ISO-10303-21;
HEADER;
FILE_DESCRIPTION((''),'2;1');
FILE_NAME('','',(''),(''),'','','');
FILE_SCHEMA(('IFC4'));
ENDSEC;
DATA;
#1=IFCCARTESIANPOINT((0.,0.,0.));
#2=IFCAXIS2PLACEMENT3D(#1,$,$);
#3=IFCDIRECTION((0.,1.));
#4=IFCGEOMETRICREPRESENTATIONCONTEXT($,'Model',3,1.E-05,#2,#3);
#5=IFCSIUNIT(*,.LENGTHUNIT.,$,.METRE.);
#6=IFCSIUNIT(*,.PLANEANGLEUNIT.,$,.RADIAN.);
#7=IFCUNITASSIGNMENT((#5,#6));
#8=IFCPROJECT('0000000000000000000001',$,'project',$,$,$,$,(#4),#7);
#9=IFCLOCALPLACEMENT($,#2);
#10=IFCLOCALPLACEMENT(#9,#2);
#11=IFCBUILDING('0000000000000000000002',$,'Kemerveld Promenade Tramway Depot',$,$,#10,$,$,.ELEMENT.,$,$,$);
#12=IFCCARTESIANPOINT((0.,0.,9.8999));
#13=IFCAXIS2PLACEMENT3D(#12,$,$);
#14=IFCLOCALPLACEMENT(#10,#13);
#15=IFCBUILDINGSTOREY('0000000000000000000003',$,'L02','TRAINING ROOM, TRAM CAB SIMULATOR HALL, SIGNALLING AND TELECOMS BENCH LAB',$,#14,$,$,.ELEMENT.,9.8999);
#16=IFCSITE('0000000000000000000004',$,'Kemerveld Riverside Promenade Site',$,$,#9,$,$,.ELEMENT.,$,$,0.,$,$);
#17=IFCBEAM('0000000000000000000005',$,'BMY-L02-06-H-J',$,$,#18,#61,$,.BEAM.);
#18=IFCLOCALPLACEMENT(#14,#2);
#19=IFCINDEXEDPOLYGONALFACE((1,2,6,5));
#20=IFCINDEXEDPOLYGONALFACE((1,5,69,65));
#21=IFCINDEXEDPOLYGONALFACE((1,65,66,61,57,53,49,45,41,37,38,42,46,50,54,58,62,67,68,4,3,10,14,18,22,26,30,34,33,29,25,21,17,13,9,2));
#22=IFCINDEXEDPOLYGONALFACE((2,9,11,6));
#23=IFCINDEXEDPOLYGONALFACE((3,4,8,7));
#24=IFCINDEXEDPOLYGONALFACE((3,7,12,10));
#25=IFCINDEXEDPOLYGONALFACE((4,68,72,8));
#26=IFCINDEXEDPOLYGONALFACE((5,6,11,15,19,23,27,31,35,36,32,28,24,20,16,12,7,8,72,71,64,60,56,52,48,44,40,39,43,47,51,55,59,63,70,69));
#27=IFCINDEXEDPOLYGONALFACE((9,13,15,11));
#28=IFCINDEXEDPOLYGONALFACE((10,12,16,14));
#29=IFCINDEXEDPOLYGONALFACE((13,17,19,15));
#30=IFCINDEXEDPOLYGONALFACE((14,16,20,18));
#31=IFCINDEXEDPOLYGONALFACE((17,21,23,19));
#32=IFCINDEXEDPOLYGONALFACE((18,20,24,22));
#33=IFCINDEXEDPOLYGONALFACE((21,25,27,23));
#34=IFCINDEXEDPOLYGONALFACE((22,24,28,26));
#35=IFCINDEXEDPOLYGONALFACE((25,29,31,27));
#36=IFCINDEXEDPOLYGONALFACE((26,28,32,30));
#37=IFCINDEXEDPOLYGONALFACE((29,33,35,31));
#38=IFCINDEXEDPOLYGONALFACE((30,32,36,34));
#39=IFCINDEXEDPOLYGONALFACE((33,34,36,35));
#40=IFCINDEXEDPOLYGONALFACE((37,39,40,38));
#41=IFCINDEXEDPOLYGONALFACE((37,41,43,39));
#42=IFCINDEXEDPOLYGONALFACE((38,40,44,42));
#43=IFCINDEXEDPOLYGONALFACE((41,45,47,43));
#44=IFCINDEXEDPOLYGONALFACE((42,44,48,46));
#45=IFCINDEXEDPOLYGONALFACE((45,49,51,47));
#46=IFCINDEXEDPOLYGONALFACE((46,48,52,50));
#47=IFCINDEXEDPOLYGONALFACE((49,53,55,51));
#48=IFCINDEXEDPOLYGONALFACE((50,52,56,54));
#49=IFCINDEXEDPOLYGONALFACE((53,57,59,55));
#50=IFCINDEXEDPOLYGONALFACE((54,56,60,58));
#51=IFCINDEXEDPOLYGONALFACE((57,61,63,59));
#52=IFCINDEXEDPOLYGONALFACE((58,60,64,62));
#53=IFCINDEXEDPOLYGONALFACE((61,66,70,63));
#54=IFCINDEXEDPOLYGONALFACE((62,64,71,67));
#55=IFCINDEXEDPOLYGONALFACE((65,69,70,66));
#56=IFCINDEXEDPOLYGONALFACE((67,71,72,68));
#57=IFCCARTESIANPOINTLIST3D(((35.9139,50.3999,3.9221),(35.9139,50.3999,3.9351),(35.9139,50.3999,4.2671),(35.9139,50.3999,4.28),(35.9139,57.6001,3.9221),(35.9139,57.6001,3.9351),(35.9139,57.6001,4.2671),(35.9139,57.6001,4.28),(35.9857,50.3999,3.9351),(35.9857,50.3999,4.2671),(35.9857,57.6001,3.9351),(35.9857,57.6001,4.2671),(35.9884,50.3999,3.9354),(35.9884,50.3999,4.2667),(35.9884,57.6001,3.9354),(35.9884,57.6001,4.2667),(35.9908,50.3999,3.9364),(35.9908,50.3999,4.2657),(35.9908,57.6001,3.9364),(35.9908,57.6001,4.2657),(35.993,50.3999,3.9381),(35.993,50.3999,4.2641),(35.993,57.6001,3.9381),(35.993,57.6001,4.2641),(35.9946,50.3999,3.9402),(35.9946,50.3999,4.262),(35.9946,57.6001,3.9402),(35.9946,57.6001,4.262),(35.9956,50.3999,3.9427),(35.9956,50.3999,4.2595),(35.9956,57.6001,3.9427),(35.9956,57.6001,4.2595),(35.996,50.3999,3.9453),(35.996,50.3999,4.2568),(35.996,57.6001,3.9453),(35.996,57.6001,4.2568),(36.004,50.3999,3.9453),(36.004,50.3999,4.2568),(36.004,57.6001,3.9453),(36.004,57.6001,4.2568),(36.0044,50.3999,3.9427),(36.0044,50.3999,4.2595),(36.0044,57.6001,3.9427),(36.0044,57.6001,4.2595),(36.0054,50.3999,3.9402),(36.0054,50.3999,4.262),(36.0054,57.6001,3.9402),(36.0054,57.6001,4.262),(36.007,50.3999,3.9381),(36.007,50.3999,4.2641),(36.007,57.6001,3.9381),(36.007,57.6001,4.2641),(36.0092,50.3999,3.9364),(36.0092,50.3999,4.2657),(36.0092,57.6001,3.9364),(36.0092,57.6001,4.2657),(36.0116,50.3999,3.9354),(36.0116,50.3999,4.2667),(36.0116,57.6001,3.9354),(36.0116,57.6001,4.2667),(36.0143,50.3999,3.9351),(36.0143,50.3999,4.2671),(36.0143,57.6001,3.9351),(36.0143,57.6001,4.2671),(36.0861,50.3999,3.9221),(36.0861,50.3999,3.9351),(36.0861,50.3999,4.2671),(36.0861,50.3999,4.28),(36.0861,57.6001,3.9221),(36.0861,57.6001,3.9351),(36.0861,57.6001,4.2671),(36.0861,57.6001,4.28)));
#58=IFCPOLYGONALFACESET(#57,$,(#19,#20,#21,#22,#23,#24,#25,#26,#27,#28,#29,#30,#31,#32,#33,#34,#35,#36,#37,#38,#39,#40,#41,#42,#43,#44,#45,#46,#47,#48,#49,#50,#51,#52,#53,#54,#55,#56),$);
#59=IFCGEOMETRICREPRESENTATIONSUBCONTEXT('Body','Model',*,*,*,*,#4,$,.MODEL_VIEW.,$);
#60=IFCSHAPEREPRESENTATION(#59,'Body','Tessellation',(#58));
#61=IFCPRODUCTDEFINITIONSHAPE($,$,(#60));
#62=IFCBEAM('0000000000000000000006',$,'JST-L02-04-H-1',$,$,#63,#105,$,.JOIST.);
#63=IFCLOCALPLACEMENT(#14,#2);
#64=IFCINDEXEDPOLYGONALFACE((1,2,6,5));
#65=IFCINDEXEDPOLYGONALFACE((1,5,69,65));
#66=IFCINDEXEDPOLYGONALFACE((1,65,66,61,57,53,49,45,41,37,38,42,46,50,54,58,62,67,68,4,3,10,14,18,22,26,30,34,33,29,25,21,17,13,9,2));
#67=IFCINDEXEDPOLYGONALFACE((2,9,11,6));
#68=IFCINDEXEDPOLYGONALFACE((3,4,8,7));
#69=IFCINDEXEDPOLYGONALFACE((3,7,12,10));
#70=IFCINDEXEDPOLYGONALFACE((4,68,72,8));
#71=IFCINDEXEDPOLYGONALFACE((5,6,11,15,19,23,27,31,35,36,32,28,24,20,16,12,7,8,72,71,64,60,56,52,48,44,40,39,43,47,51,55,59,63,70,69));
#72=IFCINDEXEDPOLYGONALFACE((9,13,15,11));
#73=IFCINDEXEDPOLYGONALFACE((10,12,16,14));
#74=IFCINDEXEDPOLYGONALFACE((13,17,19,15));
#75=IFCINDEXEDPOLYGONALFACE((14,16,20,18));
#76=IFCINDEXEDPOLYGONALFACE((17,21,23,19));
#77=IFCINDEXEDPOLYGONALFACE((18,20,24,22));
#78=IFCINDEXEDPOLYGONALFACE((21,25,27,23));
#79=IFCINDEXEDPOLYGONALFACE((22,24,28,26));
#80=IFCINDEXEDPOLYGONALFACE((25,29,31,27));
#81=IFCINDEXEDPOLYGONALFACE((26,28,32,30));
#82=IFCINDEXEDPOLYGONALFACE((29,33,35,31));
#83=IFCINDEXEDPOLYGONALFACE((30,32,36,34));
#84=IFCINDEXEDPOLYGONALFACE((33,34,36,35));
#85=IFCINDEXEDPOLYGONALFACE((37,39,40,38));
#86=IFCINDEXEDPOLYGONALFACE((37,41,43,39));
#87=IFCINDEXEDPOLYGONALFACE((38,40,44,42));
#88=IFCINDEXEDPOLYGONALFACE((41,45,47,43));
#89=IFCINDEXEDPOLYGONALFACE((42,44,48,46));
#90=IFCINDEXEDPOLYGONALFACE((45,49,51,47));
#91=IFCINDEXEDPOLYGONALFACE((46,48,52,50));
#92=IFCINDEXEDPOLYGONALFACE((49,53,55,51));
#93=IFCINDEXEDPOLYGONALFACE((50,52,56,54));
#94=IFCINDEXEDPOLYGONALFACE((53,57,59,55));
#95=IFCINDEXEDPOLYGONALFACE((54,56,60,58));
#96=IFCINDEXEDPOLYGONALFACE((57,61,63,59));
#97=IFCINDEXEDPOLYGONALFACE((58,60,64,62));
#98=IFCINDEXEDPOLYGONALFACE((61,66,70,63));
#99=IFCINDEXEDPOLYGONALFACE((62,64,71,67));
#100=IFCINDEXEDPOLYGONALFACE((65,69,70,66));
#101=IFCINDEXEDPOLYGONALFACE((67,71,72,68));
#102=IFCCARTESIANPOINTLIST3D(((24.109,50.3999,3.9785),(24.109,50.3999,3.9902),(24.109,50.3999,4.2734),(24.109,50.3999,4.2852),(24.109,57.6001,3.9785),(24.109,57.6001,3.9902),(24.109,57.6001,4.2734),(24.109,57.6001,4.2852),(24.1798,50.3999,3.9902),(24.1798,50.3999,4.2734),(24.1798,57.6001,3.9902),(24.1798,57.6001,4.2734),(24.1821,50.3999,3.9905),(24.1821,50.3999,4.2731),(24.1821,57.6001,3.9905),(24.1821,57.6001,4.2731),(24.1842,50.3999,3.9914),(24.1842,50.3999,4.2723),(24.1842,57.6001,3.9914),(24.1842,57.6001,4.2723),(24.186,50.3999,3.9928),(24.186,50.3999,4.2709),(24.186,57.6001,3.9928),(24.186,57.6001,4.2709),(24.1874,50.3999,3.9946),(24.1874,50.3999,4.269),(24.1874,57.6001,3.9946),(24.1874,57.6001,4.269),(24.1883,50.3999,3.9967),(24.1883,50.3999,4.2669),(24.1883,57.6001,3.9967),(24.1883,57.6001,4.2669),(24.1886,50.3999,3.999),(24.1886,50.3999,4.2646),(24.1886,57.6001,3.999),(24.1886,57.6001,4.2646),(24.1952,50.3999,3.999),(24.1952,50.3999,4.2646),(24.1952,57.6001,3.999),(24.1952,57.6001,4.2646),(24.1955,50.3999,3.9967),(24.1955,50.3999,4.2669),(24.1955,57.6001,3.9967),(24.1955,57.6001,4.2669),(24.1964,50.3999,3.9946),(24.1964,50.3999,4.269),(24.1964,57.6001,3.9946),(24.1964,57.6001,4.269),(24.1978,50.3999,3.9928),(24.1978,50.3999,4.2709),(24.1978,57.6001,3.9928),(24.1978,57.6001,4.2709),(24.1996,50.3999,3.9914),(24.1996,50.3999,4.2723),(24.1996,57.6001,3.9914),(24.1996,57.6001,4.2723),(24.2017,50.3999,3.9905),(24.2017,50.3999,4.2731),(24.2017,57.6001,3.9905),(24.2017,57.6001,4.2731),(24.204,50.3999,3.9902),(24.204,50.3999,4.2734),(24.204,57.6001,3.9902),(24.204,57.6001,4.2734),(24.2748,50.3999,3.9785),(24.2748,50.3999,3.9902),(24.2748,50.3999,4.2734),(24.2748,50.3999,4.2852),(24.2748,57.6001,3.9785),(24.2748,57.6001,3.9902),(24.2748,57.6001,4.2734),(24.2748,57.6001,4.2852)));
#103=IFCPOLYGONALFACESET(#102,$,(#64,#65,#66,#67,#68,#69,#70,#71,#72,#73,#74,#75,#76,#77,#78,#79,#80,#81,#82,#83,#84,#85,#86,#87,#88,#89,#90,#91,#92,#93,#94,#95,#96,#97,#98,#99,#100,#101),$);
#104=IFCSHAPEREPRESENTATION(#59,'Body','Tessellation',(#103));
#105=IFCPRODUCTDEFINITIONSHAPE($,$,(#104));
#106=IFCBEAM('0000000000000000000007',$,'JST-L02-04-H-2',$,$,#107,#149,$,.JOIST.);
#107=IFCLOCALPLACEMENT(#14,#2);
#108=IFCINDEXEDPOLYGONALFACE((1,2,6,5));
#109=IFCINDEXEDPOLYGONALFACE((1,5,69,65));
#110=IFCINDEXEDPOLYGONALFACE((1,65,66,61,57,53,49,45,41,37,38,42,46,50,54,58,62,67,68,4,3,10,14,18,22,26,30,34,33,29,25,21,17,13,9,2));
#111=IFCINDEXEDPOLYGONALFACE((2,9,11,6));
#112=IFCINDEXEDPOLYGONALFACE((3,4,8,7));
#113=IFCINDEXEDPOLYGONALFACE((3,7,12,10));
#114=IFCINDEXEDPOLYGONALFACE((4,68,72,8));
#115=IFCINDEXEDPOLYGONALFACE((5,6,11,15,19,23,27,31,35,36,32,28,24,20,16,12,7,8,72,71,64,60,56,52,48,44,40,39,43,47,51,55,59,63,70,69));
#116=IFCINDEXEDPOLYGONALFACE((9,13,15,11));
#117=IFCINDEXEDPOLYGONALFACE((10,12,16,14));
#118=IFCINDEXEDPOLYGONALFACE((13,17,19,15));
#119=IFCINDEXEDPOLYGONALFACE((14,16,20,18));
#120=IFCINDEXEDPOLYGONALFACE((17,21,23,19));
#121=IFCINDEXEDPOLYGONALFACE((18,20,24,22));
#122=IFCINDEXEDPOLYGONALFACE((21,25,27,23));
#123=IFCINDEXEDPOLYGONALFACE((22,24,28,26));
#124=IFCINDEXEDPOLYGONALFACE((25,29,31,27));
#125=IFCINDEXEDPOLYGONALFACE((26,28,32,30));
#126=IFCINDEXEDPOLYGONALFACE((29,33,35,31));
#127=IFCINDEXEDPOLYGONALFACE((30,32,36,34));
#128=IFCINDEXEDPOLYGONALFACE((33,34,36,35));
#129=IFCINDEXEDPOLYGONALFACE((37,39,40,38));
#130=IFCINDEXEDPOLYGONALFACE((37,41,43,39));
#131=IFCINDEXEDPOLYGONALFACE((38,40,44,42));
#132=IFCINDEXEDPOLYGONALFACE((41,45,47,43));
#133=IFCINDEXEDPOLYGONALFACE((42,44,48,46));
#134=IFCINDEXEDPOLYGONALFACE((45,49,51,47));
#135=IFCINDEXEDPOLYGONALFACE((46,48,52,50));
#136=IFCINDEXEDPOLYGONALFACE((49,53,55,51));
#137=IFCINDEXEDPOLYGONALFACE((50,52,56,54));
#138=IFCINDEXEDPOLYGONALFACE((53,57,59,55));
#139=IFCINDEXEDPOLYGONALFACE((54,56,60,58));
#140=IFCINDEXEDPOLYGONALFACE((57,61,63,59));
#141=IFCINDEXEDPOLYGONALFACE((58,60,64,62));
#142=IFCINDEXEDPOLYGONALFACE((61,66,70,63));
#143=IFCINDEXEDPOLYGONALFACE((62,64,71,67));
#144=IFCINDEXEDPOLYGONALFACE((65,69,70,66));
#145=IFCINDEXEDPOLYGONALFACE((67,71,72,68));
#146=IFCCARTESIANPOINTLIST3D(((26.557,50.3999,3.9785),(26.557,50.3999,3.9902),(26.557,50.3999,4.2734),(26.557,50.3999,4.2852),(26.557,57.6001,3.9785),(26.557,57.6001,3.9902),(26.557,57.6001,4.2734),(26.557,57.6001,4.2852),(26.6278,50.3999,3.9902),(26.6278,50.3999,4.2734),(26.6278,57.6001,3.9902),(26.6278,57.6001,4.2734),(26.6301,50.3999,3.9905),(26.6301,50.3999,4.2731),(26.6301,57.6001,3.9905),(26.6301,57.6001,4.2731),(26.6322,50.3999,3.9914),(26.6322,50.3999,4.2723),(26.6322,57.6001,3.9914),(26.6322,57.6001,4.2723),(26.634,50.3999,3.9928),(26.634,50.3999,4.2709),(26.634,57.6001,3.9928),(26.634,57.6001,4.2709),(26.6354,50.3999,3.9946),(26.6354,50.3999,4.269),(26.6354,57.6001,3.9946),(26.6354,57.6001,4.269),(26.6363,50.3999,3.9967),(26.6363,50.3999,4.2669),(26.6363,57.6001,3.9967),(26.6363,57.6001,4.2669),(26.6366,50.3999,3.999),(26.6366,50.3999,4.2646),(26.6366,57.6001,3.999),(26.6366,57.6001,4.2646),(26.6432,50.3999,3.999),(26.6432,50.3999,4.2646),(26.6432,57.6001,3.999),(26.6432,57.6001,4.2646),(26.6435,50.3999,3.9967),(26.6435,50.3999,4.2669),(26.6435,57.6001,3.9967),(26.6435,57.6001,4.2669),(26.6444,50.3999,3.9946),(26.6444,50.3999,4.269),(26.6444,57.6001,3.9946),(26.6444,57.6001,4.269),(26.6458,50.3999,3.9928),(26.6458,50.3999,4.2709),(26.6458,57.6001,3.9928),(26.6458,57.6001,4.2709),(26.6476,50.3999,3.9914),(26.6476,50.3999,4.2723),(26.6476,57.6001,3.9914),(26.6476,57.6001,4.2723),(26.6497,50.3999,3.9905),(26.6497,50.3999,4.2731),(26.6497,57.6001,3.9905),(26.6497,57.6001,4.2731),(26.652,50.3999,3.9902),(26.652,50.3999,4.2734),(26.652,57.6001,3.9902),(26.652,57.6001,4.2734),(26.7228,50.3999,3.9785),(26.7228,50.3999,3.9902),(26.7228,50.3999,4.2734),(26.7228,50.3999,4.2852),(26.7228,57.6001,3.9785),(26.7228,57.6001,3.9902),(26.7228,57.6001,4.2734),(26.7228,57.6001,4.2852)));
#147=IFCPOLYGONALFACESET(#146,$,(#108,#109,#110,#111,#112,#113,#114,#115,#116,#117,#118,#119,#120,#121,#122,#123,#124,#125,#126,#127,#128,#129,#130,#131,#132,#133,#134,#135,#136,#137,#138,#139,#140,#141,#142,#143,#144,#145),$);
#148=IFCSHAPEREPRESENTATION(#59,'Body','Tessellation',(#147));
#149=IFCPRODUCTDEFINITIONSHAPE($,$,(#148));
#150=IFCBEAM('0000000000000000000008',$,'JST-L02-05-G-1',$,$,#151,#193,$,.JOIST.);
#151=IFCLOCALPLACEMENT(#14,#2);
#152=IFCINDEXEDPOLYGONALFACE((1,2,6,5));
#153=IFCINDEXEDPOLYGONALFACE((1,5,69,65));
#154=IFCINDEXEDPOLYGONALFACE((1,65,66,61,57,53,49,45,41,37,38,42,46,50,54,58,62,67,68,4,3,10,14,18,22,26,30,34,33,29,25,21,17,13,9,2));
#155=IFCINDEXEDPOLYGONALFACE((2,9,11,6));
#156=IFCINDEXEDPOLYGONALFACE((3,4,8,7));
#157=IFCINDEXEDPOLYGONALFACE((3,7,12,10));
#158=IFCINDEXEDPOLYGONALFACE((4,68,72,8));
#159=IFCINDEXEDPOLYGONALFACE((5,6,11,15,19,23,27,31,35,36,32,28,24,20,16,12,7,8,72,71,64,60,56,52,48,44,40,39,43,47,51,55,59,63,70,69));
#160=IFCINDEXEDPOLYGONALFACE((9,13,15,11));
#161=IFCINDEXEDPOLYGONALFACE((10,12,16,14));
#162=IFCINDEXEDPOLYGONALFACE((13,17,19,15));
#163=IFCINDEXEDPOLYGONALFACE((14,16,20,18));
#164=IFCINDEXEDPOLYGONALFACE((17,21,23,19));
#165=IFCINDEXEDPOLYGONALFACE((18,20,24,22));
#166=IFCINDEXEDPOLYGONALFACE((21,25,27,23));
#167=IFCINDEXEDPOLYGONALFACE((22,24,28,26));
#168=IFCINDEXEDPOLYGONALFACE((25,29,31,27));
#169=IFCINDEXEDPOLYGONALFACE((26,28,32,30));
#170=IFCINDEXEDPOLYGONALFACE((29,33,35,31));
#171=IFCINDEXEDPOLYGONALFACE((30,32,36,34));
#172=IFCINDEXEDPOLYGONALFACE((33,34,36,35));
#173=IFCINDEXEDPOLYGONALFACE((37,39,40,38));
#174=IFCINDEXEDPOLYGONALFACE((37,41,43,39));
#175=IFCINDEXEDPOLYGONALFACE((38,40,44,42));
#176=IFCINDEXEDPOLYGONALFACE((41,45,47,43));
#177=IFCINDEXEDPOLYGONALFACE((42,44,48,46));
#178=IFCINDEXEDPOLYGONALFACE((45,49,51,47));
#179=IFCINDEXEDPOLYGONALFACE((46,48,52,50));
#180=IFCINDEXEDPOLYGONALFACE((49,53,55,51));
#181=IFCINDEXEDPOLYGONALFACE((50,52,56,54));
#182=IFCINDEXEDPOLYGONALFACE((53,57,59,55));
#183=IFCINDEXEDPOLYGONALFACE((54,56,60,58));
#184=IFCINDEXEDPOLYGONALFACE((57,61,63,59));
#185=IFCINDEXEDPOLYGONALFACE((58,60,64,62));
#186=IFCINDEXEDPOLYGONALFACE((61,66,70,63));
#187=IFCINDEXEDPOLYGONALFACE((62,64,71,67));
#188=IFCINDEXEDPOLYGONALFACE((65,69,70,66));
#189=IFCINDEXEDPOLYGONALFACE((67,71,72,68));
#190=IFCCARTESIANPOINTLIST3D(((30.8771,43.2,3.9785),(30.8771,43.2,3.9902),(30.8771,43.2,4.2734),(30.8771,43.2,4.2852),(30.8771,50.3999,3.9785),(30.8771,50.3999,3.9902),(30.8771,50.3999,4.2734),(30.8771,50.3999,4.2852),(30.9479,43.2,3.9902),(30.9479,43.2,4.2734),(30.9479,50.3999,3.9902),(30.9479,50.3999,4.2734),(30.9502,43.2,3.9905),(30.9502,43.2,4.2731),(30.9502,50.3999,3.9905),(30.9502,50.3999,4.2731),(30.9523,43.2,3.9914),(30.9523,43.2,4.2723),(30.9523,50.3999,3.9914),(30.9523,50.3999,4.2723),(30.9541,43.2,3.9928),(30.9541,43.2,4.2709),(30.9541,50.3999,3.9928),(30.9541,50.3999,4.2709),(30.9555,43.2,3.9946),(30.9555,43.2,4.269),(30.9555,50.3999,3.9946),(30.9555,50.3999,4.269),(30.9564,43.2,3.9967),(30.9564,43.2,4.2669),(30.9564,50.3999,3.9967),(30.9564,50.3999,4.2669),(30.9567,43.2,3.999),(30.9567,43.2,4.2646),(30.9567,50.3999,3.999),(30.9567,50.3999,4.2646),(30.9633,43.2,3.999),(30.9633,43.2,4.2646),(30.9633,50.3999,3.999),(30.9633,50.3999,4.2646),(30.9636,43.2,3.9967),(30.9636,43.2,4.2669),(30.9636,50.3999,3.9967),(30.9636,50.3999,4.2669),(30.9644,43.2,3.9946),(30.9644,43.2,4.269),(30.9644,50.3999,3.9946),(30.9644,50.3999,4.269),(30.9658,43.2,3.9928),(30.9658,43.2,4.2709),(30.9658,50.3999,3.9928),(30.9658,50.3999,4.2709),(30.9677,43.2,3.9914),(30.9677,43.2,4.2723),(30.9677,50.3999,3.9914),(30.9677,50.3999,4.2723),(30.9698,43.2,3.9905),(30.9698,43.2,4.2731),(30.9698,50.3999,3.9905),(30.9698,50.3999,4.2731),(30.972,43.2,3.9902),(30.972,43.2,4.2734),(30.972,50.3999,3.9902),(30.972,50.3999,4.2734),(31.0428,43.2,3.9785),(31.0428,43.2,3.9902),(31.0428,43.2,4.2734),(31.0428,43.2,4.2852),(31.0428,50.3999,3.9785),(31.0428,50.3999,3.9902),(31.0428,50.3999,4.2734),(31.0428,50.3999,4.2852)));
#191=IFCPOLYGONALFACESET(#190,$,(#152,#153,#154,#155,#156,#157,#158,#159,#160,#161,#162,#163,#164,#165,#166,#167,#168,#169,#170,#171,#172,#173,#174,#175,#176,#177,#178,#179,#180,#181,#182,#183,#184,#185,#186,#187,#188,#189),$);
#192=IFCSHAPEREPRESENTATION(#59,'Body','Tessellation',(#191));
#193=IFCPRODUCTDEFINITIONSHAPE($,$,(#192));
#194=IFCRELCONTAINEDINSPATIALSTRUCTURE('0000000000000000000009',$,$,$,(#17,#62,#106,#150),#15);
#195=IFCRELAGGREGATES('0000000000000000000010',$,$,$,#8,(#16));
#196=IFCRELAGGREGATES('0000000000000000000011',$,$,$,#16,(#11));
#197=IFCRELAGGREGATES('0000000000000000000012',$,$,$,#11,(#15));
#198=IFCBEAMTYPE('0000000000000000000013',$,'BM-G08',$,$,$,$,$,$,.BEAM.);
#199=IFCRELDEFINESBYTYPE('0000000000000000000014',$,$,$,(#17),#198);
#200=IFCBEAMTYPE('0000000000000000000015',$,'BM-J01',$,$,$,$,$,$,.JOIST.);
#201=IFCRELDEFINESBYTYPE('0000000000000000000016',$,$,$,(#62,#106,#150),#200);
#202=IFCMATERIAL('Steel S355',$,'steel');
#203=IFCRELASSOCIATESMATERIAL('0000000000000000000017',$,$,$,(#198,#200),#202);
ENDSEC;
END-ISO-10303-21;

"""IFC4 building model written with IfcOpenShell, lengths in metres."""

from ifc_helpers import new_model, si_unit, direction, frame, origin, origin_2d, place, context, subcontext, project, spatial, i_section, extrude, material, material_profile, profile_set, type_object, element, save


model = new_model("IFC4")

# Units and contexts
model_context = context("Model", 3, precision=1e-05, world=origin(), true_north=direction((0.0, 1.0)))
body_context = subcontext(model_context, "Body", "Model", "MODEL_VIEW")
ifc_project = project(units=[si_unit("LENGTHUNIT", "METRE"), si_unit("PLANEANGLEUNIT", "RADIAN")], contexts=[model_context])

# Site, building, storey
site_placement = place(None, origin())
site = spatial("IfcSite", under=ifc_project, at=site_placement, Name="Kemerveld Riverside Promenade Site", CompositionType="ELEMENT", RefElevation=0.0)
building_placement = place(site_placement, origin())
building = spatial("IfcBuilding", under=site, at=building_placement, Name="Kemerveld Promenade Tramway Depot", CompositionType="ELEMENT")
storey_placement = place(building_placement, frame((0.0, 0.0, 9.8999)))
storey = spatial("IfcBuildingStorey", under=building, at=storey_placement, Name="L02", Description="TRAINING ROOM, TRAM CAB SIMULATOR HALL, SIGNALLING AND TELECOMS BENCH LAB", CompositionType="ELEMENT", Elevation=9.8999)

# Shared definitions
ifc_material_1 = material(Name="Steel S355", Category="steel")

# Beams
ifc_material_profile_1 = material_profile(ifc_material_1, i_section(OverallWidth=0.1721, OverallDepth=0.3579, WebThickness=0.0081, FlangeThickness=0.0129, FilletRadius=0.0103, at=origin_2d()), Name="356x171x57 UB")
ifc_profile_set_1 = profile_set([ifc_material_profile_1], Name="Steel S355")
beam_type_1 = type_object("IfcBeamType", Name="BM-G08", PredefinedType="BEAM", material=ifc_profile_set_1)
beam_1_placement = place(storey_placement, frame((36.0, 50.3999, 4.1011), z_axis=(0.0, 1.0, 0.0), x_axis=(-1.0, 0.0, 0.0)))
element("IfcBeam", 1, at=beam_1_placement, inside=storey, type_object=beam_type_1, Name="BMY-L02-06-H-J", PredefinedType="BEAM", context=body_context, shape_type="SweptSolid", body=[
    extrude(i_section(OverallWidth=0.1721, OverallDepth=0.3579, WebThickness=0.0081, FlangeThickness=0.0129, FilletRadius=0.0103, at=origin_2d()), origin(), (0.0, 0.0, 1.0), 7.2002),
])
ifc_material_profile_2 = material_profile(ifc_material_1, i_section(OverallWidth=0.1658, OverallDepth=0.3066, WebThickness=0.0066, FlangeThickness=0.0117, FilletRadius=0.0088, at=origin_2d()), Name="305x165x46 UB")
ifc_profile_set_2 = profile_set([ifc_material_profile_2], Name="Steel S355")
beam_type_2 = type_object("IfcBeamType", Name="BM-J01", PredefinedType="JOIST", material=ifc_profile_set_2)
for number, where, z_axis, x_axis, name in (
    (2, (24.1919, 50.3999, 4.1318), (0.0, 1.0, 0.0), (-1.0, 0.0, 0.0), "JST-L02-04-H-1"),
    (3, (26.6399, 50.3999, 4.1318), (0.0, 1.0, 0.0), (-1.0, 0.0, 0.0), "JST-L02-04-H-2"),
):
    element("IfcBeam", number, at=place(storey_placement, frame(where, z_axis=z_axis, x_axis=x_axis)), inside=storey, type_object=beam_type_2, Name=name, PredefinedType="JOIST", context=body_context, shape_type="SweptSolid", body=[
        extrude(i_section(OverallWidth=0.1658, OverallDepth=0.3066, WebThickness=0.0066, FlangeThickness=0.0117, FilletRadius=0.0088, at=origin_2d()), origin(), (0.0, 0.0, 1.0), 7.2002),
    ])
for number, where, z_axis, x_axis, name in (
    (4, (30.96, 43.2, 4.1318), (0.0, 1.0, 0.0), (-1.0, 0.0, 0.0), "JST-L02-05-G-1"),
):
    element("IfcBeam", number, at=place(storey_placement, frame(where, z_axis=z_axis, x_axis=x_axis)), inside=storey, type_object=beam_type_2, Name=name, PredefinedType="JOIST", context=body_context, shape_type="SweptSolid", body=[
        extrude(i_section(OverallWidth=0.1658, OverallDepth=0.3066, WebThickness=0.0066, FlangeThickness=0.0117, FilletRadius=0.0088, at=origin_2d()), origin(), (0.0, 0.0, 1.0), 7.2),
    ])

save(model, "model.ifc")
